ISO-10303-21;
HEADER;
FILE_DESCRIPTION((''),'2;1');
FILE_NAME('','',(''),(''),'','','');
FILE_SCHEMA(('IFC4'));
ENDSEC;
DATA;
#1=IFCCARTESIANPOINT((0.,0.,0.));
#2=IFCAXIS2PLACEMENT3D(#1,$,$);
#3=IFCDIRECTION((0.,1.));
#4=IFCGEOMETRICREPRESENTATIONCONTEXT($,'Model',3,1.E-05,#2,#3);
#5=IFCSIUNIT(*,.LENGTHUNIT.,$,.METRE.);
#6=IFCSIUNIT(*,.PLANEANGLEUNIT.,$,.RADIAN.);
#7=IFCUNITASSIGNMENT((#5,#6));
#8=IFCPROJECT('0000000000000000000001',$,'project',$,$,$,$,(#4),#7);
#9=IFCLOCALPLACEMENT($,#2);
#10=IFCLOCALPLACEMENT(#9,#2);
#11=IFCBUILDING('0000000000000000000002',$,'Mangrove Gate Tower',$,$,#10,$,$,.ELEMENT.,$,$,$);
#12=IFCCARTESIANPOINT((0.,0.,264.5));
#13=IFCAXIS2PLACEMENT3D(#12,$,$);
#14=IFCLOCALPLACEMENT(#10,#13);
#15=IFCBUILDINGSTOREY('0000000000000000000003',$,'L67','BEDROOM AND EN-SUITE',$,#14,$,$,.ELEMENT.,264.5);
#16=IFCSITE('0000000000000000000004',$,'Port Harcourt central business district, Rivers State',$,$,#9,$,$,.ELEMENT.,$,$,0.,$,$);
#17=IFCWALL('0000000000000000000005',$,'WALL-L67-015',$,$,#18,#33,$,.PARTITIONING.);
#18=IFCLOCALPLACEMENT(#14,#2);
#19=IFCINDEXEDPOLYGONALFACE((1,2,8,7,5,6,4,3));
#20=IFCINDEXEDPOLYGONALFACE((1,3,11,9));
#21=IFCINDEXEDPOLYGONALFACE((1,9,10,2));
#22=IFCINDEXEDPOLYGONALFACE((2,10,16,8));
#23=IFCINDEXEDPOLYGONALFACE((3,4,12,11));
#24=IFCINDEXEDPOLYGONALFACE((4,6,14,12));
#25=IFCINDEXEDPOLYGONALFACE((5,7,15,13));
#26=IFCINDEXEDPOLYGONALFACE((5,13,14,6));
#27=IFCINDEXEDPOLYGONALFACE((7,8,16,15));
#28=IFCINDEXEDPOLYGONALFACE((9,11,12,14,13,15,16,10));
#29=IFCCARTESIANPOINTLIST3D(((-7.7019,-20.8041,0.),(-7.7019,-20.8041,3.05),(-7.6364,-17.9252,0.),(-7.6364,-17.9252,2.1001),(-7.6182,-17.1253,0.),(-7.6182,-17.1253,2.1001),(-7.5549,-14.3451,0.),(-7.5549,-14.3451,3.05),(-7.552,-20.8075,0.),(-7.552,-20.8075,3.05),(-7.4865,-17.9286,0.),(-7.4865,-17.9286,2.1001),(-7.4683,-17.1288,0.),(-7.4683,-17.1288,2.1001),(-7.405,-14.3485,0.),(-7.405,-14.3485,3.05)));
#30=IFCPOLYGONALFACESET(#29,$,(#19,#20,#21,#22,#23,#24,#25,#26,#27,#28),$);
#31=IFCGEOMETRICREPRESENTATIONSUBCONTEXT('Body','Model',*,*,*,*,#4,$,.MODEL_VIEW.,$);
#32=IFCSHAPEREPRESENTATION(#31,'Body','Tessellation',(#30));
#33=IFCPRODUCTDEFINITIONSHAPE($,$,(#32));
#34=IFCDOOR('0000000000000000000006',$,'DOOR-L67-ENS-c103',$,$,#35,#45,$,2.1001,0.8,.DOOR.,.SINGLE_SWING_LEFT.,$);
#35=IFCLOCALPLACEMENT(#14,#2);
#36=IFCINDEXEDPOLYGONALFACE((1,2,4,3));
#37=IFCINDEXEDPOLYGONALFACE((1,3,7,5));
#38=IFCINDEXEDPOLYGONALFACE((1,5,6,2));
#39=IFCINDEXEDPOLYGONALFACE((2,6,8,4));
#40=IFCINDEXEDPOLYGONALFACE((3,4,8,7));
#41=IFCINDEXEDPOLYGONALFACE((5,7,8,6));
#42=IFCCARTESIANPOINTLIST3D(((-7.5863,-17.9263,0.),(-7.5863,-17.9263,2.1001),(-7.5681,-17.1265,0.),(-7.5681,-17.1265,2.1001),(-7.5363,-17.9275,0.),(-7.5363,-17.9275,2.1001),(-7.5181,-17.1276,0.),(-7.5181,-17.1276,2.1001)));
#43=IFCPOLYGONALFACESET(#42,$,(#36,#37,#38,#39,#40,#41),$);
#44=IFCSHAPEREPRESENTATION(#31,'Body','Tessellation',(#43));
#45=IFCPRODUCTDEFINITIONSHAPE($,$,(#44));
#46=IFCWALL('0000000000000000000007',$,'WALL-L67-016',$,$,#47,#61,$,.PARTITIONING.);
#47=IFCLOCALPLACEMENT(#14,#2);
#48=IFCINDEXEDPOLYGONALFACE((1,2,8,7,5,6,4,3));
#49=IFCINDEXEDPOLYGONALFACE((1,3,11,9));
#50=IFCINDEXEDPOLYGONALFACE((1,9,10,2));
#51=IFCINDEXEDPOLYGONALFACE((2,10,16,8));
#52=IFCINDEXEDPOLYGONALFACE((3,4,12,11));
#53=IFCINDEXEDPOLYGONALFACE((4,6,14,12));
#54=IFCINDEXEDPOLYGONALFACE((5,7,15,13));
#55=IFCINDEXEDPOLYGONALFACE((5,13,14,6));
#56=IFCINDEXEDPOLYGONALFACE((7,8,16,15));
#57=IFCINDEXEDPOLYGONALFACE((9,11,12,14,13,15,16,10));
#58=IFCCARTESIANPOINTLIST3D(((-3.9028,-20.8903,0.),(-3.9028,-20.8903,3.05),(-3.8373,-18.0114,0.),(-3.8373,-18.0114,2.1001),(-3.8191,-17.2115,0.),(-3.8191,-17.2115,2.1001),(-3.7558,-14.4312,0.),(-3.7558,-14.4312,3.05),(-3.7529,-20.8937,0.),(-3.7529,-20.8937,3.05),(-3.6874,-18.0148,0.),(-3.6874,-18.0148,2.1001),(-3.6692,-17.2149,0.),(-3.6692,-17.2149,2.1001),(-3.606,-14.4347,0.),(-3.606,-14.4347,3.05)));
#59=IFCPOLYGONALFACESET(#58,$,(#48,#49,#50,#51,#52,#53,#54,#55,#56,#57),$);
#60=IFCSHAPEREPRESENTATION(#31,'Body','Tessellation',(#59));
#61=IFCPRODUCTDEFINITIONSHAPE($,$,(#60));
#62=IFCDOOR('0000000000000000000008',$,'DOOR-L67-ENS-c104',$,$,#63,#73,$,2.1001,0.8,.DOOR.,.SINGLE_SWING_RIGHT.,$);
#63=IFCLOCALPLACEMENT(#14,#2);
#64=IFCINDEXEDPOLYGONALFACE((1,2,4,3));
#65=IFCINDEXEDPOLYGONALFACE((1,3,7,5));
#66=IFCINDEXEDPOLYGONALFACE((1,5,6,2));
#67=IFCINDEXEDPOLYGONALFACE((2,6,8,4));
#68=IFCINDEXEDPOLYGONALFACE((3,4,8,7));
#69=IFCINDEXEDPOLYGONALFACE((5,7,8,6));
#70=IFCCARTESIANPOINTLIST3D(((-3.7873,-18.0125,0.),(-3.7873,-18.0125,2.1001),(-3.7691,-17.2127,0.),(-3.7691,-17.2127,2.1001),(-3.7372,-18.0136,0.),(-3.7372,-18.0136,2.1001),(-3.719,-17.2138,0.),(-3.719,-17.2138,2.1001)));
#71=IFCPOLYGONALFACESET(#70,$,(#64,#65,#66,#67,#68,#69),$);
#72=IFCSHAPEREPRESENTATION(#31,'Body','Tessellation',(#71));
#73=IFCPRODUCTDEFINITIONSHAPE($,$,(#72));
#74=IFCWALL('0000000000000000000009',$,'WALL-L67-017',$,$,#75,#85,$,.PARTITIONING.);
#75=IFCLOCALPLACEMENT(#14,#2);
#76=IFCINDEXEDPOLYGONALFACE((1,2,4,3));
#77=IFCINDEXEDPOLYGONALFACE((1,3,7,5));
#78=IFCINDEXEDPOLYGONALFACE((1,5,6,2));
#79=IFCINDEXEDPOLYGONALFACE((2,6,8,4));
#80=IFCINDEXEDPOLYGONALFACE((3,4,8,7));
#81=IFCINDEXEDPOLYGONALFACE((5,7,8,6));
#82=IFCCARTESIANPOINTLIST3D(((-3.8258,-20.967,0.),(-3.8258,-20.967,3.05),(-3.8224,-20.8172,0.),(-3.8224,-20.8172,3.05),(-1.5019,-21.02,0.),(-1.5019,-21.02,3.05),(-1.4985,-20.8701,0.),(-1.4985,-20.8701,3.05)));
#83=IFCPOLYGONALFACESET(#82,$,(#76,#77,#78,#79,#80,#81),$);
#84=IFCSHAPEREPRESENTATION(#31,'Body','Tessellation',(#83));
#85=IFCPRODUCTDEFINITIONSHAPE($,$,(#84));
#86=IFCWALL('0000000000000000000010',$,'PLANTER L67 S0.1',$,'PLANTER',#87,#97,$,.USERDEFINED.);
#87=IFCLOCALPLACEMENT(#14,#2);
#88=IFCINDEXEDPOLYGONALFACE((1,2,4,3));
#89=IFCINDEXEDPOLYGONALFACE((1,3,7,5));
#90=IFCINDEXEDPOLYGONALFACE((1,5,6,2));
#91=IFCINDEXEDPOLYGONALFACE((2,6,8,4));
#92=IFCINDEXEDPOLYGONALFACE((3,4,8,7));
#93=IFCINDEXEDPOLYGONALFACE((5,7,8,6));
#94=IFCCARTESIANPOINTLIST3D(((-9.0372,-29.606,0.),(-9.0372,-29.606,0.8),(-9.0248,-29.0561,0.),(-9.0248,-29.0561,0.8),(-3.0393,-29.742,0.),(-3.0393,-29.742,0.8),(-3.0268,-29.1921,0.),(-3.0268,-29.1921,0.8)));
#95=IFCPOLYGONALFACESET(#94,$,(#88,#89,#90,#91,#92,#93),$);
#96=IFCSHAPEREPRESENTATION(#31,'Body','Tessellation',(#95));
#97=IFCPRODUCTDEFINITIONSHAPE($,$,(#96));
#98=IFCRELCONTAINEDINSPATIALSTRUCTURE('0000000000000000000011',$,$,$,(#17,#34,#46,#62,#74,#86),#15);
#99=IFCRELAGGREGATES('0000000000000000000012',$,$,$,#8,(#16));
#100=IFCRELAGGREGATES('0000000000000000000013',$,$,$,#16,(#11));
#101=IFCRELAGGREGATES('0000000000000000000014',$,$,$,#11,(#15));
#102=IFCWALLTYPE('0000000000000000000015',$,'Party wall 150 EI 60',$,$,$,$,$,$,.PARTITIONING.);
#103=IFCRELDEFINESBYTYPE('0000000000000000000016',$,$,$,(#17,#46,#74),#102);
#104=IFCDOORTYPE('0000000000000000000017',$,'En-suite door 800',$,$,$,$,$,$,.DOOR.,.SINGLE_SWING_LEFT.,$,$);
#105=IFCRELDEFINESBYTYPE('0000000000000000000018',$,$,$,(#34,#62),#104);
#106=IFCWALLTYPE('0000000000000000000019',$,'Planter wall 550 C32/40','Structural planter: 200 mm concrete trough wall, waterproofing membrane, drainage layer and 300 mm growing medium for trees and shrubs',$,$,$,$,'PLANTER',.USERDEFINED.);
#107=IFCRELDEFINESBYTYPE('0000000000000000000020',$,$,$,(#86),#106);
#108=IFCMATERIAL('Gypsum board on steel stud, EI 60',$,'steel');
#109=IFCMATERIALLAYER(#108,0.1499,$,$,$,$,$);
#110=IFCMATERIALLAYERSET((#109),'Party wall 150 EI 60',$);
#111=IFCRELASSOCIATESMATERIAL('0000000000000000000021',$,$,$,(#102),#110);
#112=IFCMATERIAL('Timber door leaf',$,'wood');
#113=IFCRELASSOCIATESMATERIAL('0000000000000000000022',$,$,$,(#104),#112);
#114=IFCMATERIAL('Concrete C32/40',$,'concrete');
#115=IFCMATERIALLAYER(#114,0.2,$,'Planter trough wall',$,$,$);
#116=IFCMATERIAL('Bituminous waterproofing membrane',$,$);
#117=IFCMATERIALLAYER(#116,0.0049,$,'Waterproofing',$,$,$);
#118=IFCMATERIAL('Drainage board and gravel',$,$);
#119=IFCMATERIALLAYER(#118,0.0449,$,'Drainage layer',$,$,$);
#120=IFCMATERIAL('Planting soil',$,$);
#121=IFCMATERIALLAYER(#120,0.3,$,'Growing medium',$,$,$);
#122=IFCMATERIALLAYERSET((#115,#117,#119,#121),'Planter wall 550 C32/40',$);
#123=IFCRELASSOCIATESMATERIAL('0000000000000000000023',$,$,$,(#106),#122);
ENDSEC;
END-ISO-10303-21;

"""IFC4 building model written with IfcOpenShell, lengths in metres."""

from ifc_helpers import new_model, si_unit, direction, frame, frame_2d, origin, place, context, subcontext, project, spatial, rectangle, extrude, material, layer, layer_set, type_object, element, fill, save


model = new_model("IFC4")

# Units and contexts
model_context = context("Model", 3, precision=1e-05, world=origin(), true_north=direction((0.0, 1.0)))
body_context = subcontext(model_context, "Body", "Model", "MODEL_VIEW")
ifc_project = project(units=[si_unit("LENGTHUNIT", "METRE"), si_unit("PLANEANGLEUNIT", "RADIAN")], contexts=[model_context])

# Site, building, storey
site_placement = place(None, origin())
site = spatial("IfcSite", under=ifc_project, at=site_placement, Name="Port Harcourt central business district, Rivers State", CompositionType="ELEMENT", RefElevation=0.0)
building_placement = place(site_placement, origin())
building = spatial("IfcBuilding", under=site, at=building_placement, Name="Mangrove Gate Tower", CompositionType="ELEMENT")
storey_placement = place(building_placement, frame((0.0, 0.0, 264.5)))
storey = spatial("IfcBuildingStorey", under=building, at=storey_placement, Name="L67", Description="BEDROOM AND EN-SUITE", CompositionType="ELEMENT", Elevation=264.5)

# Shared definitions
ifc_material_1 = material(Name="Gypsum board on steel stud, EI 60", Category="steel")
ifc_layer_1 = layer(ifc_material_1, 0.1499)
ifc_layer_set_1 = layer_set([ifc_layer_1], Name="Party wall 150 EI 60")
wall_type_1 = type_object("IfcWallType", Name="Party wall 150 EI 60", PredefinedType="PARTITIONING", material=ifc_layer_set_1)

# Shared definitions
ifc_material_2 = material(Name="Timber door leaf", Category="wood")
door_type = type_object("IfcDoorType", Name="En-suite door 800", OperationType="SINGLE_SWING_LEFT", PredefinedType="DOOR", material=ifc_material_2)

# Walls, openings, doors
wall_1_placement = place(storey_placement, frame((-7.627, -20.8059, 0.0), z_axis=(0.0, 0.0, 1.0), x_axis=(0.022749, 0.999741, 0.0)))
wall_1 = element("IfcWall", 1, at=wall_1_placement, inside=storey, type_object=wall_type_1, Name="WALL-L67-015", PredefinedType="PARTITIONING", context=body_context, shape_type="SweptSolid", body=[
    extrude(rectangle(XDim=6.4607, YDim=0.1499, at=frame_2d((3.2305, 0.0))), origin(), (0.0, 0.0, 1.0), 3.05),
])
opening_1_placement = place(wall_1_placement, frame((2.8799, 0.0, 0.0)))
opening_1 = element("IfcOpeningElement", 2, at=opening_1_placement, cuts=wall_1, PredefinedType="OPENING", context=body_context, shape_type="SweptSolid", body=[
    extrude(rectangle(XDim=0.8, YDim=2.1001, at=frame_2d((0.3999, 1.05))), frame((0.0, 0.085, 0.0), z_axis=(0.0, -1.0, 0.0), x_axis=(1.0, 0.0, 0.0)), (0.0, 0.0, 1.0), 0.1699),
])
door_1_placement = place(opening_1_placement, origin())
door_1 = element("IfcDoor", 3, at=door_1_placement, inside=storey, type_object=door_type, Name="DOOR-L67-ENS-c103", OperationType="SINGLE_SWING_LEFT", OverallHeight=2.1001, OverallWidth=0.8, PredefinedType="DOOR", context=body_context, shape_type="SweptSolid", body=[
    extrude(rectangle(XDim=0.8, YDim=2.1001, at=frame_2d((0.3999, 1.05))), frame((0.0, 0.0249, 0.0), z_axis=(0.0, -1.0, 0.0), x_axis=(1.0, 0.0, 0.0)), (0.0, 0.0, 1.0), 0.05),
])
fill(opening_1, door_1)
wall_2_placement = place(storey_placement, frame((-3.8279, -20.8921, 0.0), z_axis=(0.0, 0.0, 1.0), x_axis=(0.022749, 0.999741, 0.0)))
wall_2 = element("IfcWall", 4, at=wall_2_placement, inside=storey, type_object=wall_type_1, Name="WALL-L67-016", PredefinedType="PARTITIONING", context=body_context, shape_type="SweptSolid", body=[
    extrude(rectangle(XDim=6.4607, YDim=0.1499, at=frame_2d((3.2305, 0.0))), origin(), (0.0, 0.0, 1.0), 3.05),
])
opening_2_placement = place(wall_2_placement, frame((2.8799, 0.0, 0.0)))
opening_2 = element("IfcOpeningElement", 5, at=opening_2_placement, cuts=wall_2, PredefinedType="OPENING", context=body_context, shape_type="SweptSolid", body=[
    extrude(rectangle(XDim=0.8, YDim=2.1001, at=frame_2d((0.3999, 1.05))), frame((0.0, 0.085, 0.0), z_axis=(0.0, -1.0, 0.0), x_axis=(1.0, 0.0, 0.0)), (0.0, 0.0, 1.0), 0.1699),
])
door_2_placement = place(opening_2_placement, origin())
door_2 = element("IfcDoor", 6, at=door_2_placement, inside=storey, type_object=door_type, Name="DOOR-L67-ENS-c104", OperationType="SINGLE_SWING_RIGHT", OverallHeight=2.1001, OverallWidth=0.8, PredefinedType="DOOR", context=body_context, shape_type="SweptSolid", body=[
    extrude(rectangle(XDim=0.8, YDim=2.1001, at=frame_2d((0.3999, 1.05))), frame((0.0, 0.0249, 0.0), z_axis=(0.0, -1.0, 0.0), x_axis=(1.0, 0.0, 0.0)), (0.0, 0.0, 1.0), 0.05),
])
fill(opening_2, door_2)

# Walls
wall_3_placement = place(storey_placement, frame((-3.824, -20.8921, 0.0), z_axis=(0.0, 0.0, 1.0), x_axis=(0.99974, -0.022791, 0.0)))
element("IfcWall", 7, at=wall_3_placement, inside=storey, type_object=wall_type_1, Name="WALL-L67-017", PredefinedType="PARTITIONING", context=body_context, shape_type="SweptSolid", body=[
    extrude(rectangle(XDim=2.3245, YDim=0.1499, at=frame_2d((1.1621, 0.0))), origin(), (0.0, 0.0, 1.0), 3.05),
])
ifc_material_3 = material(Name="Concrete C32/40", Category="concrete")
ifc_layer_2 = layer(ifc_material_3, 0.2, Name="Planter trough wall")
ifc_material_4 = material(Name="Bituminous waterproofing membrane")
ifc_layer_3 = layer(ifc_material_4, 0.0049, Name="Waterproofing")
ifc_material_5 = material(Name="Drainage board and gravel")
ifc_layer_4 = layer(ifc_material_5, 0.0449, Name="Drainage layer")
ifc_material_6 = material(Name="Planting soil")
ifc_layer_5 = layer(ifc_material_6, 0.3, Name="Growing medium")
ifc_layer_set_2 = layer_set([ifc_layer_2, ifc_layer_3, ifc_layer_4, ifc_layer_5], Name="Planter wall 550 C32/40")
wall_type_2 = type_object("IfcWallType", Name="Planter wall 550 C32/40", Description="Structural planter: 200 mm concrete trough wall, waterproofing membrane, drainage layer and 300 mm growing medium for trees and shrubs", ElementType="PLANTER", PredefinedType="USERDEFINED", material=ifc_layer_set_2)
wall_4_placement = place(storey_placement, frame((-9.031, -29.3311, 0.0), z_axis=(0.0, 0.0, 1.0), x_axis=(0.999743, -0.022666, 0.0)))
element("IfcWall", 8, at=wall_4_placement, inside=storey, type_object=wall_type_2, Name="PLANTER L67 S0.1", ObjectType="PLANTER", PredefinedType="USERDEFINED", context=body_context, shape_type="SweptSolid", body=[
    extrude(rectangle(XDim=5.9995, YDim=0.55, at=frame_2d((2.9998, 0.0))), origin(), (0.0, 0.0, 1.0), 0.8),
])

save(model, "model.ifc")
